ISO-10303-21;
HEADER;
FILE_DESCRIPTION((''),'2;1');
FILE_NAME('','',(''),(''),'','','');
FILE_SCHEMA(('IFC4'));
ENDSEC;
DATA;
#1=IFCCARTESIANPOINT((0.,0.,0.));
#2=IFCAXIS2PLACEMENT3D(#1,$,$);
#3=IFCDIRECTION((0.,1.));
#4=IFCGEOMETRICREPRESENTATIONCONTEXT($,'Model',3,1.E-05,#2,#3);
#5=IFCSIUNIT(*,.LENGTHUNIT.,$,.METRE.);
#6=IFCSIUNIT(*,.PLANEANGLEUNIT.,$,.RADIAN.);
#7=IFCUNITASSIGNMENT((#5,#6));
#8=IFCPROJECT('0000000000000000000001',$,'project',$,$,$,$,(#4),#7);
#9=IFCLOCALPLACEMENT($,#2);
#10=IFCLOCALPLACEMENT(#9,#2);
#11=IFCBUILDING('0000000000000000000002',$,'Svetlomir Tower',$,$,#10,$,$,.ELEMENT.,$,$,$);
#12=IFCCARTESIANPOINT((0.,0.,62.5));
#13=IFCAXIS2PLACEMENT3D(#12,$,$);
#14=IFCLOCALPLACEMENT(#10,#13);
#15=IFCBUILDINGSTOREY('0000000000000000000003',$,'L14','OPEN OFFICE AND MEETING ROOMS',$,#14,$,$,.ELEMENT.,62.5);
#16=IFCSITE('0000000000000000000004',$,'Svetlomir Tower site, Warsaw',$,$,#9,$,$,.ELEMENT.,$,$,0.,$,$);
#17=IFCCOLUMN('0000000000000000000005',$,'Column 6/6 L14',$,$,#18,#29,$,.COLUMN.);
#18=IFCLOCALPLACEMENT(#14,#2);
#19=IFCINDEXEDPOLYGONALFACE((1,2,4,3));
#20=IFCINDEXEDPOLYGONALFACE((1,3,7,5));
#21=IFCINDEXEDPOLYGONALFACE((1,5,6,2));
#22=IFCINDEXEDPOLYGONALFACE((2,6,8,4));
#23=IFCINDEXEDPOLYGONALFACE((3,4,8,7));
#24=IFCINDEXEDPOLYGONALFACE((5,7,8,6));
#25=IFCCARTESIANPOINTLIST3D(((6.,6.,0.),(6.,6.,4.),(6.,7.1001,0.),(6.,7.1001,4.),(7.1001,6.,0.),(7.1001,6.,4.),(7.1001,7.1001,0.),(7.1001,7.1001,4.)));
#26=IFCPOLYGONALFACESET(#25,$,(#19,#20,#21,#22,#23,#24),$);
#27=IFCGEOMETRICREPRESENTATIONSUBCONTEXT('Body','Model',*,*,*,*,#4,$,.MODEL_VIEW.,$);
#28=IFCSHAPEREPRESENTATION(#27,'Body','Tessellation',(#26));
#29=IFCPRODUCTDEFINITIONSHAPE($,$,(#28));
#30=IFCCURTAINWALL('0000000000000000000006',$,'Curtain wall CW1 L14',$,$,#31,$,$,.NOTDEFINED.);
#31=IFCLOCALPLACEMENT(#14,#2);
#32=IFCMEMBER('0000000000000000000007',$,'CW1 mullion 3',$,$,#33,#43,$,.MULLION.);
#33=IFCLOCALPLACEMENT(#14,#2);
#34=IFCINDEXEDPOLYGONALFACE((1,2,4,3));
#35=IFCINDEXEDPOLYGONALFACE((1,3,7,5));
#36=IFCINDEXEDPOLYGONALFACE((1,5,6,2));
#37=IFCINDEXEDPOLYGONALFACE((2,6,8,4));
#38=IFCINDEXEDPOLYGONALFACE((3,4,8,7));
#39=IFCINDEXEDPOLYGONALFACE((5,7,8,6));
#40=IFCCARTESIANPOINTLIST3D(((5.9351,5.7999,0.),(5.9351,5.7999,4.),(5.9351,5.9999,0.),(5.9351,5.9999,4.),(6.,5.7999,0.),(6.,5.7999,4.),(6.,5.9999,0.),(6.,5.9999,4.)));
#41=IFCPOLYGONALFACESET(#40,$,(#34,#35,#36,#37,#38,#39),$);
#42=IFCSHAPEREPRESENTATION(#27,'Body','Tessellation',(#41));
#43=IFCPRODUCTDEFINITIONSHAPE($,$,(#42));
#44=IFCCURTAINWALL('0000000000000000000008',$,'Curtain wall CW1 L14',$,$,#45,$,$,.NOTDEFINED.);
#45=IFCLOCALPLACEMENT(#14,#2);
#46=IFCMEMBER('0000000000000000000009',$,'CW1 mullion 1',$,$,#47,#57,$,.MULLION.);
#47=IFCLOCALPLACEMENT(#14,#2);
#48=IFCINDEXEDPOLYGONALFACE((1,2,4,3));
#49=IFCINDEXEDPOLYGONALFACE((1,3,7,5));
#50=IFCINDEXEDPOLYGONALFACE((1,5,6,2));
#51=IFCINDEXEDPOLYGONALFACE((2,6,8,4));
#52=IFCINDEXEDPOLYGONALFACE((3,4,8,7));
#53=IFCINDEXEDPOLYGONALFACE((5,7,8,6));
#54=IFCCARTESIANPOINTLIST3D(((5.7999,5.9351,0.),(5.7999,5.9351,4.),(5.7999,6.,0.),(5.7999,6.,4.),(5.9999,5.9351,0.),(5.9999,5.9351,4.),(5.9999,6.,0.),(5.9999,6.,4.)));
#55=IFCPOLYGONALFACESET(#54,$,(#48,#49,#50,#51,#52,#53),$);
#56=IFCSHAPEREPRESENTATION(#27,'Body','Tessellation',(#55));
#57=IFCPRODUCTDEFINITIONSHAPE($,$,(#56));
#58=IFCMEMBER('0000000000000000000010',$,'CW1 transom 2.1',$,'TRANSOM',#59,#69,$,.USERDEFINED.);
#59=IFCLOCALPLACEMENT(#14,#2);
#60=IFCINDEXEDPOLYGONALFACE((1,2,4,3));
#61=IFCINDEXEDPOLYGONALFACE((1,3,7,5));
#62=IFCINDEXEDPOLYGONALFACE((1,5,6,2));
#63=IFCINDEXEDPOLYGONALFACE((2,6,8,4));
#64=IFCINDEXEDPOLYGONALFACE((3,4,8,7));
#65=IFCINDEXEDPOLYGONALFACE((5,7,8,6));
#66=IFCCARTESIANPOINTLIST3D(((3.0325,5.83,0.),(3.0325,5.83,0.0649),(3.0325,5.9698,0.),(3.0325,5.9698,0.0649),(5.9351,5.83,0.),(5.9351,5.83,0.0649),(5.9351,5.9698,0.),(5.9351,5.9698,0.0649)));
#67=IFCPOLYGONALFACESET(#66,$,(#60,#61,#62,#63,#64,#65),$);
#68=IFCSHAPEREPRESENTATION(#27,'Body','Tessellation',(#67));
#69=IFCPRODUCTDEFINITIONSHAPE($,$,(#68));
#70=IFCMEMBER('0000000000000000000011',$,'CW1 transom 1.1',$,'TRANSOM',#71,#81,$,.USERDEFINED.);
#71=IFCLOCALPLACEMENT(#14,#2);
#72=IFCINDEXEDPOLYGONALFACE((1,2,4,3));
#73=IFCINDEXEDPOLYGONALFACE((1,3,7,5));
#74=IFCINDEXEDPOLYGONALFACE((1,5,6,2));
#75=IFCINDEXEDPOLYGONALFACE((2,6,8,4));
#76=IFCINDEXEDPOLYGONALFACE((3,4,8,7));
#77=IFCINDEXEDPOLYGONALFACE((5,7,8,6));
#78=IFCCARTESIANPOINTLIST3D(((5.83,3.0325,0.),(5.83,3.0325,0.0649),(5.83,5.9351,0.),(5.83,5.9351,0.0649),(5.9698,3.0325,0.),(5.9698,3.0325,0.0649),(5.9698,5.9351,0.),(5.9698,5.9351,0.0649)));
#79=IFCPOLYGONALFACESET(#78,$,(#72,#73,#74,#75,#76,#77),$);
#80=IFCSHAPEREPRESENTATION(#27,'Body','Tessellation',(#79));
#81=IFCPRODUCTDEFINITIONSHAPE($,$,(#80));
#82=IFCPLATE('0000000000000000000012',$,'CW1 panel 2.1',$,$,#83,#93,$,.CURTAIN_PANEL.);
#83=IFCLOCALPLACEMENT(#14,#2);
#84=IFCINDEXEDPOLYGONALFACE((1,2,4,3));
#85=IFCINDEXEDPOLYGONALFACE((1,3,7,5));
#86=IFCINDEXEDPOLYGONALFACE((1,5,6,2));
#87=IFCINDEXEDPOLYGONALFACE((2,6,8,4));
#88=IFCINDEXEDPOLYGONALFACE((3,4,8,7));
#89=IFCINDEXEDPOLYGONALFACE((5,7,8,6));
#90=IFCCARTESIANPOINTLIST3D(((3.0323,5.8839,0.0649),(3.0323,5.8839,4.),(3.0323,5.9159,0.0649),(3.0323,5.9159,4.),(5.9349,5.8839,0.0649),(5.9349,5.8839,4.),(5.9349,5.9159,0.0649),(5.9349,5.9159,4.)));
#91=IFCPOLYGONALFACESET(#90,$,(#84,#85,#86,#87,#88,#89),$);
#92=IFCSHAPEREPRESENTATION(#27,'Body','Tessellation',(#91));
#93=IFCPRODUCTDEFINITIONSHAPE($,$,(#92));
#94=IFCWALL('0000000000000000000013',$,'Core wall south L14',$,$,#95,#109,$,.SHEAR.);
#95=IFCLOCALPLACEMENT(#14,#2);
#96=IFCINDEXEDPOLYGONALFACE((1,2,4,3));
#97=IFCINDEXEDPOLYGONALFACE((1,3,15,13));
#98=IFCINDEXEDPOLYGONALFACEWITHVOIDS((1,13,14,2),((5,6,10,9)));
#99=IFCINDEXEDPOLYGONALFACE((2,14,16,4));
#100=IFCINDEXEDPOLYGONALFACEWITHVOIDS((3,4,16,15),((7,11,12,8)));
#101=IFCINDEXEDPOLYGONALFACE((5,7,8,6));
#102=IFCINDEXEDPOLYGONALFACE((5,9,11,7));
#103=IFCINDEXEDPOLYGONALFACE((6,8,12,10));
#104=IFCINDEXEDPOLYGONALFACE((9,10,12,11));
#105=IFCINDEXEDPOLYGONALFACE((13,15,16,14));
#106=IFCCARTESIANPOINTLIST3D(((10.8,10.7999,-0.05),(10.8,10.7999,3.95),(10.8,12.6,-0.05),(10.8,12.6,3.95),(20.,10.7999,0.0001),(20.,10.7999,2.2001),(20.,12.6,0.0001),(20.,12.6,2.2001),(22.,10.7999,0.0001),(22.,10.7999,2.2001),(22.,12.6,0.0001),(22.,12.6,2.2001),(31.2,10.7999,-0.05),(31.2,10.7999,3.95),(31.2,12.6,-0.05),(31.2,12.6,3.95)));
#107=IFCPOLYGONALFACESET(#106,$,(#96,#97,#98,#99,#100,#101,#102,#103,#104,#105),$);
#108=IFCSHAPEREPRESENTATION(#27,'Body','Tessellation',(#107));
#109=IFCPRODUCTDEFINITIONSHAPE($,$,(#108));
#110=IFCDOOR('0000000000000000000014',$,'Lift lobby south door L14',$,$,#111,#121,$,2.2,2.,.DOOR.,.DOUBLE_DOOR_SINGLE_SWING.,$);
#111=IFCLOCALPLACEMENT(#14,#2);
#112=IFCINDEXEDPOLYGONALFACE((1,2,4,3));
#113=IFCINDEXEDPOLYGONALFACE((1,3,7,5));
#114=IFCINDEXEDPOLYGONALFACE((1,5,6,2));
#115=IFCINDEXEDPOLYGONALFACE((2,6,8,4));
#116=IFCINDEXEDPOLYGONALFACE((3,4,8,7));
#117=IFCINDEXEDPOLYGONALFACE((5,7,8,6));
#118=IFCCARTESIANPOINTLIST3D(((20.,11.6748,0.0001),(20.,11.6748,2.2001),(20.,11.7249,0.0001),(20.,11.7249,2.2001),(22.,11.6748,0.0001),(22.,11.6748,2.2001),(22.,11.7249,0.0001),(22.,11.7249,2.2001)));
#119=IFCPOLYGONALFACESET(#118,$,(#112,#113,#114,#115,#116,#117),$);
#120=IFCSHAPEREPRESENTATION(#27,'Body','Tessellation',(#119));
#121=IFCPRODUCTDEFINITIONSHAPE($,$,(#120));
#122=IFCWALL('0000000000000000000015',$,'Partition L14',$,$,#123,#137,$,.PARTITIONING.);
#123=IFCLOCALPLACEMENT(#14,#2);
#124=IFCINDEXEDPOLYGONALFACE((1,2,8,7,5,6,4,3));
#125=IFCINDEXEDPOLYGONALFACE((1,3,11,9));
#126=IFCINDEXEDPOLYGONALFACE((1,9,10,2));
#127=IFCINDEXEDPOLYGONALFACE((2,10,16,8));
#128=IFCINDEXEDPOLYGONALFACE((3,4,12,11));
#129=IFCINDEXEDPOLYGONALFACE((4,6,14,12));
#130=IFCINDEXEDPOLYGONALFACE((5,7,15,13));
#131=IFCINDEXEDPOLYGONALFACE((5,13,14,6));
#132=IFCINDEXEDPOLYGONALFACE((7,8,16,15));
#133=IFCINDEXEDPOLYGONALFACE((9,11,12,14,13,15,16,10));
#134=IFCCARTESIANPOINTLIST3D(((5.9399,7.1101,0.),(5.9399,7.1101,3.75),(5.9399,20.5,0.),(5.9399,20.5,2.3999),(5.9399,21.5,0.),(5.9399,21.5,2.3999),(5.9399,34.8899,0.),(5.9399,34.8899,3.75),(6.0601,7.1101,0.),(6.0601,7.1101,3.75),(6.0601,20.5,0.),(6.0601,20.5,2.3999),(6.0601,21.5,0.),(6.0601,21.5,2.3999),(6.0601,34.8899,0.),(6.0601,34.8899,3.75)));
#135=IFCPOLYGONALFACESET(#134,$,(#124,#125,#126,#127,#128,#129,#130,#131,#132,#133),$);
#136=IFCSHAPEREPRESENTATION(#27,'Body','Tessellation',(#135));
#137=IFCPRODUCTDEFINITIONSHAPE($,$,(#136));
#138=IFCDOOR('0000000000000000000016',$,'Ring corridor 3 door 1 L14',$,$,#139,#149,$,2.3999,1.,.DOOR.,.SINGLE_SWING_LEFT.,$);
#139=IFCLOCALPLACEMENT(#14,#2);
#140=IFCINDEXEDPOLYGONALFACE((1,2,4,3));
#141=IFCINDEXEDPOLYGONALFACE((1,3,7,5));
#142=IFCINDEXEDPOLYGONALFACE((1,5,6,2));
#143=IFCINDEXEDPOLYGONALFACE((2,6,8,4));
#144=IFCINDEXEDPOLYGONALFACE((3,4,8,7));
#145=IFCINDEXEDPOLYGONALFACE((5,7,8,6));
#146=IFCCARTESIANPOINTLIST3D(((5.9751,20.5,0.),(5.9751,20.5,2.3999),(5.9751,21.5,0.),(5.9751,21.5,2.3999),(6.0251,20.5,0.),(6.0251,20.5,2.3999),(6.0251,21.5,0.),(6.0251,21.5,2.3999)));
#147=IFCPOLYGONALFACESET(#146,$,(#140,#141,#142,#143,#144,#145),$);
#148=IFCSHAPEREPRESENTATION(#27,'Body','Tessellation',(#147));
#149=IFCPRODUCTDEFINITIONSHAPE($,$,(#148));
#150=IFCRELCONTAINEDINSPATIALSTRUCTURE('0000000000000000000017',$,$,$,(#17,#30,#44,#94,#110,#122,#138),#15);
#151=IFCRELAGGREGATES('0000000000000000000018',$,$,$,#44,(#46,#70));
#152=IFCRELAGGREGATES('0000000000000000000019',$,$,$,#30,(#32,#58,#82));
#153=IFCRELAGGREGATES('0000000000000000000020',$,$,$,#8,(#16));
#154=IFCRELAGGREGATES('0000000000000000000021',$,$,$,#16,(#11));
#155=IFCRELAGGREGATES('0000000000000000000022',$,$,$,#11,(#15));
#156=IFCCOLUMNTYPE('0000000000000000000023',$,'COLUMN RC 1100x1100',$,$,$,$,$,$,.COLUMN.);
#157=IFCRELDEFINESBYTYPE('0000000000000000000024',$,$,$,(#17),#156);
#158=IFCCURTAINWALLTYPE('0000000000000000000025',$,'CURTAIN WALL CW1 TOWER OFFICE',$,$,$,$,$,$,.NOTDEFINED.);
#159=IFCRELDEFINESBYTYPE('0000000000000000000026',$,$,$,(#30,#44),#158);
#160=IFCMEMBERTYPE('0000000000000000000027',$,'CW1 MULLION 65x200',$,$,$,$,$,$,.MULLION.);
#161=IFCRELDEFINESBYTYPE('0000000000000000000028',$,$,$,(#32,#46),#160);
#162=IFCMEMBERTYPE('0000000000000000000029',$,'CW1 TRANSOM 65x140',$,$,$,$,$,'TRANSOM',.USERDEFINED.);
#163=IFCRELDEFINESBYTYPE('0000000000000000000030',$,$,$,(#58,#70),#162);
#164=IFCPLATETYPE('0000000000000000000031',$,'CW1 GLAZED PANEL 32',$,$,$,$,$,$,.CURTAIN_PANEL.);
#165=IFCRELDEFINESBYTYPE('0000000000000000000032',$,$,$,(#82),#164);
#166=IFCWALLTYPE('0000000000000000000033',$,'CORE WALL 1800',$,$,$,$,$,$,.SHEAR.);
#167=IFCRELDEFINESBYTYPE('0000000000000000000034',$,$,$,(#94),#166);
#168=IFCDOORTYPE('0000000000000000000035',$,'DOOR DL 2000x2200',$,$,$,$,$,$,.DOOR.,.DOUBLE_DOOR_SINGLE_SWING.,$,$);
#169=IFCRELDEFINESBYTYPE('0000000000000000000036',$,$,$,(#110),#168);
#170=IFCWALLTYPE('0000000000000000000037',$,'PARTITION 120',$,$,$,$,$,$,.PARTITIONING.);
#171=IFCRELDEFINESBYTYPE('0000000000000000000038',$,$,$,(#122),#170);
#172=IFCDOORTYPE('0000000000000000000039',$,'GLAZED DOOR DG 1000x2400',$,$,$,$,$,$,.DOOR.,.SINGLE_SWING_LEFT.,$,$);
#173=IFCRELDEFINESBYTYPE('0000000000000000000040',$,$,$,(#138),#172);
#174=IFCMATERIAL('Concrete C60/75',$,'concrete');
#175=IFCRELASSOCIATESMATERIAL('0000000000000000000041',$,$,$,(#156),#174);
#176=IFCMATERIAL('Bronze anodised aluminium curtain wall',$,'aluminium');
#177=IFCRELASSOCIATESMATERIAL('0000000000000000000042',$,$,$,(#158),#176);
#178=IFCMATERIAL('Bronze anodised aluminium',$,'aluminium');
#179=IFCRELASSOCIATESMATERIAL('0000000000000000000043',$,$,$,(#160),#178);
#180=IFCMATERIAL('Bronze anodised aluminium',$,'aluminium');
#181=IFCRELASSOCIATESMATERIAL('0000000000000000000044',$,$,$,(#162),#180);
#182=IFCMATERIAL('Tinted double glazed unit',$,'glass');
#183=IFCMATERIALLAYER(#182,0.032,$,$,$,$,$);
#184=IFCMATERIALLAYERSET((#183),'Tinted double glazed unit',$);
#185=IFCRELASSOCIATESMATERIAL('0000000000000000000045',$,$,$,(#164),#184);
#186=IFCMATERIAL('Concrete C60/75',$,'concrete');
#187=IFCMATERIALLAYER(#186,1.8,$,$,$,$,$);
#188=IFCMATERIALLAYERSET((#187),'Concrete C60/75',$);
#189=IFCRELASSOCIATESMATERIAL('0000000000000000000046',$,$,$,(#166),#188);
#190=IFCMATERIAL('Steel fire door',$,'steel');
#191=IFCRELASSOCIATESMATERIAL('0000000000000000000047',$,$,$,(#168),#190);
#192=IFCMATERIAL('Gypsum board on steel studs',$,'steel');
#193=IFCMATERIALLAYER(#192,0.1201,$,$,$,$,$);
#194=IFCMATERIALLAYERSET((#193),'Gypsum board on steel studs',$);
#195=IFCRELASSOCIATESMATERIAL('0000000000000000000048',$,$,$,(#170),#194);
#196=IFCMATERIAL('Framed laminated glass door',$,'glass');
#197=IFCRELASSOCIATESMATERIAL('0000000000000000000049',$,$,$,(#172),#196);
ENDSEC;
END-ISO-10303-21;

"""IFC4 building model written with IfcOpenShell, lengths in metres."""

from ifc_helpers import new_model, si_unit, direction, frame, frame_2d, origin, origin_2d, place, context, subcontext, project, spatial, rectangle, extrude, material, layer, layer_set, material_profile, profile_set, type_object, element, fill, aggregate, save


model = new_model("IFC4")

# Units and contexts
model_context = context("Model", 3, precision=1e-05, world=origin(), true_north=direction((0.0, 1.0)))
body_context = subcontext(model_context, "Body", "Model", "MODEL_VIEW")
ifc_project = project(units=[si_unit("LENGTHUNIT", "METRE"), si_unit("PLANEANGLEUNIT", "RADIAN")], contexts=[model_context])

# Site, building, storey
site_placement = place(None, origin())
site = spatial("IfcSite", under=ifc_project, at=site_placement, Name="Svetlomir Tower site, Warsaw", CompositionType="ELEMENT", RefElevation=0.0)
building_placement = place(site_placement, origin())
building = spatial("IfcBuilding", under=site, at=building_placement, Name="Svetlomir Tower", CompositionType="ELEMENT")
storey_placement = place(building_placement, frame((0.0, 0.0, 62.5)))
storey = spatial("IfcBuildingStorey", under=building, at=storey_placement, Name="L14", Description="OPEN OFFICE AND MEETING ROOMS", CompositionType="ELEMENT", Elevation=62.5)

# Column
ifc_material_1 = material(Name="Concrete C60/75", Category="concrete")
ifc_material_profile_1 = material_profile(ifc_material_1, rectangle(XDim=1.1001, YDim=1.1001, at=origin_2d()), Name="RC 1100x1100")
ifc_profile_set_1 = profile_set([ifc_material_profile_1], Name="Concrete C60/75")
column_type = type_object("IfcColumnType", Name="COLUMN RC 1100x1100", PredefinedType="COLUMN", material=ifc_profile_set_1)
column_placement = place(storey_placement, frame((6.55, 6.55, 0.0), z_axis=(0.0, 0.0, 1.0), x_axis=(1.0, 0.0, 0.0)))
element("IfcColumn", 1, at=column_placement, inside=storey, type_object=column_type, Name="Column 6/6 L14", PredefinedType="COLUMN", context=body_context, shape_type="SweptSolid", body=[
    extrude(rectangle(XDim=1.1001, YDim=1.1001, at=origin_2d()), origin(), (0.0, 0.0, 1.0), 4.0),
])

# Curtain walls, members
ifc_material_2 = material(Name="Bronze anodised aluminium curtain wall", Category="aluminium")
curtain_wall_type = type_object("IfcCurtainWallType", Name="CURTAIN WALL CW1 TOWER OFFICE", PredefinedType="NOTDEFINED", material=ifc_material_2)
curtain_wall_1_placement = place(storey_placement, origin())
curtain_wall_1 = element("IfcCurtainWall", 2, at=curtain_wall_1_placement, inside=storey, type_object=curtain_wall_type, Name="Curtain wall CW1 L14", PredefinedType="NOTDEFINED")
ifc_material_3 = material(Name="Bronze anodised aluminium", Category="aluminium")
ifc_material_profile_2 = material_profile(ifc_material_3, rectangle(XDim=0.0649, YDim=0.2, at=origin_2d()), Name="AL 65x200")
ifc_profile_set_2 = profile_set([ifc_material_profile_2], Name="Bronze anodised aluminium 6063-T6")
member_type_1 = type_object("IfcMemberType", Name="CW1 MULLION 65x200", PredefinedType="MULLION", material=ifc_profile_set_2)
member_1_placement = place(storey_placement, frame((5.9675, 5.8999, 0.0), z_axis=(0.0, 0.0, 1.0), x_axis=(1.0, 0.0, 0.0)))
member_1 = element("IfcMember", 3, at=member_1_placement, type_object=member_type_1, Name="CW1 mullion 3", PredefinedType="MULLION", context=body_context, shape_type="SweptSolid", body=[
    extrude(rectangle(XDim=0.0649, YDim=0.2, at=origin_2d()), origin(), (0.0, 0.0, 1.0), 4.0),
])
curtain_wall_2_placement = place(storey_placement, origin())
curtain_wall_2 = element("IfcCurtainWall", 4, at=curtain_wall_2_placement, inside=storey, type_object=curtain_wall_type, Name="Curtain wall CW1 L14", PredefinedType="NOTDEFINED")
member_2_placement = place(storey_placement, frame((5.8999, 5.9675, 0.0), z_axis=(0.0, 0.0, 1.0), x_axis=(0.0, -1.0, 0.0)))
member_2 = element("IfcMember", 5, at=member_2_placement, type_object=member_type_1, Name="CW1 mullion 1", PredefinedType="MULLION", context=body_context, shape_type="SweptSolid", body=[
    extrude(rectangle(XDim=0.0649, YDim=0.2, at=origin_2d()), origin(), (0.0, 0.0, 1.0), 4.0),
])

# Members
ifc_material_4 = material(Name="Bronze anodised aluminium", Category="aluminium")
ifc_material_profile_3 = material_profile(ifc_material_4, rectangle(XDim=0.1399, YDim=0.0649, at=origin_2d()), Name="AL 140x65")
ifc_profile_set_3 = profile_set([ifc_material_profile_3], Name="Bronze anodised aluminium 6063-T6")
member_type_2 = type_object("IfcMemberType", Name="CW1 TRANSOM 65x140", ElementType="TRANSOM", PredefinedType="USERDEFINED", material=ifc_profile_set_3)
member_3_placement = place(storey_placement, frame((3.0325, 5.8999, 0.0325), z_axis=(1.0, 0.0, 0.0), x_axis=(0.0, 1.0, 0.0)))
member_3 = element("IfcMember", 6, at=member_3_placement, type_object=member_type_2, Name="CW1 transom 2.1", ObjectType="TRANSOM", PredefinedType="USERDEFINED", context=body_context, shape_type="SweptSolid", body=[
    extrude(rectangle(XDim=0.1399, YDim=0.0649, at=origin_2d()), origin(), (0.0, 0.0, 1.0), 2.9026),
])
member_4_placement = place(storey_placement, frame((5.8999, 5.9351, 0.0325), z_axis=(0.0, -1.0, 0.0), x_axis=(1.0, 0.0, 0.0)))
member_4 = element("IfcMember", 7, at=member_4_placement, type_object=member_type_2, Name="CW1 transom 1.1", ObjectType="TRANSOM", PredefinedType="USERDEFINED", context=body_context, shape_type="SweptSolid", body=[
    extrude(rectangle(XDim=0.1399, YDim=0.0649, at=origin_2d()), origin(), (0.0, 0.0, 1.0), 2.9026),
])
aggregate(curtain_wall_2, [member_2, member_4])

# Plate
ifc_material_5 = material(Name="Tinted double glazed unit", Category="glass")
ifc_layer_1 = layer(ifc_material_5, 0.032)
ifc_layer_set_1 = layer_set([ifc_layer_1], Name="Tinted double glazed unit")
plate_type = type_object("IfcPlateType", Name="CW1 GLAZED PANEL 32", PredefinedType="CURTAIN_PANEL", material=ifc_layer_set_1)
plate_placement = place(storey_placement, frame((4.4836, 5.8999, 0.0649), z_axis=(0.0, 0.0, 1.0), x_axis=(1.0, 0.0, 0.0)))
plate = element("IfcPlate", 8, at=plate_placement, type_object=plate_type, Name="CW1 panel 2.1", PredefinedType="CURTAIN_PANEL", context=body_context, shape_type="SweptSolid", body=[
    extrude(rectangle(XDim=2.9026, YDim=0.032, at=origin_2d()), origin(), (0.0, 0.0, 1.0), 3.9351),
])
aggregate(curtain_wall_1, [member_1, member_3, plate])

# Walls, openings, doors
ifc_material_6 = material(Name="Concrete C60/75", Category="concrete")
ifc_layer_2 = layer(ifc_material_6, 1.8)
ifc_layer_set_2 = layer_set([ifc_layer_2], Name="Concrete C60/75")
wall_type_1 = type_object("IfcWallType", Name="CORE WALL 1800", PredefinedType="SHEAR", material=ifc_layer_set_2)
wall_1_placement = place(storey_placement, frame((10.8, 11.7, -0.05), z_axis=(0.0, 0.0, 1.0), x_axis=(1.0, 0.0, 0.0)))
wall_1 = element("IfcWall", 9, at=wall_1_placement, inside=storey, type_object=wall_type_1, Name="Core wall south L14", PredefinedType="SHEAR", context=body_context, shape_type="SweptSolid", body=[
    extrude(rectangle(XDim=20.3999, YDim=1.8, at=frame_2d((10.2, 0.0))), origin(), (0.0, 0.0, 1.0), 4.0),
])
opening_1_placement = place(wall_1_placement, frame((9.2, 0.0, 0.05)))
opening_1 = element("IfcOpeningElement", 10, at=opening_1_placement, cuts=wall_1, PredefinedType="OPENING", context=body_context, shape_type="SweptSolid", body=[
    extrude(rectangle(XDim=2.0, YDim=2.2, at=frame_2d((1.0, 1.1001))), frame((0.0, 0.9102, 0.0), z_axis=(0.0, -1.0, 0.0), x_axis=(1.0, 0.0, 0.0)), (0.0, 0.0, 1.0), 1.8201),
])
ifc_material_7 = material(Name="Steel fire door", Category="steel")
door_type_1 = type_object("IfcDoorType", Name="DOOR DL 2000x2200", OperationType="DOUBLE_DOOR_SINGLE_SWING", PredefinedType="DOOR", material=ifc_material_7)
door_1_placement = place(opening_1_placement, origin())
door_1 = element("IfcDoor", 11, at=door_1_placement, inside=storey, type_object=door_type_1, Name="Lift lobby south door L14", OperationType="DOUBLE_DOOR_SINGLE_SWING", OverallHeight=2.2, OverallWidth=2.0, PredefinedType="DOOR", context=body_context, shape_type="SweptSolid", body=[
    extrude(rectangle(XDim=2.0, YDim=2.2, at=frame_2d((1.0, 1.1001))), frame((0.0, 0.0249, 0.0), z_axis=(0.0, -1.0, 0.0), x_axis=(1.0, 0.0, 0.0)), (0.0, 0.0, 1.0), 0.05),
])
fill(opening_1, door_1)
ifc_material_8 = material(Name="Gypsum board on steel studs", Category="steel")
ifc_layer_3 = layer(ifc_material_8, 0.1201)
ifc_layer_set_3 = layer_set([ifc_layer_3], Name="Gypsum board on steel studs")
wall_type_2 = type_object("IfcWallType", Name="PARTITION 120", PredefinedType="PARTITIONING", material=ifc_layer_set_3)
wall_2_placement = place(storey_placement, frame((6.0, 7.1101, 0.0), z_axis=(0.0, 0.0, 1.0), x_axis=(0.0, 1.0, 0.0)))
wall_2 = element("IfcWall", 12, at=wall_2_placement, inside=storey, type_object=wall_type_2, Name="Partition L14", PredefinedType="PARTITIONING", context=body_context, shape_type="SweptSolid", body=[
    extrude(rectangle(XDim=27.7798, YDim=0.1201, at=frame_2d((13.8899, 0.0))), origin(), (0.0, 0.0, 1.0), 3.75),
])
opening_2_placement = place(wall_2_placement, frame((13.3899, 0.0, 0.0)))
opening_2 = element("IfcOpeningElement", 13, at=opening_2_placement, cuts=wall_2, PredefinedType="OPENING", context=body_context, shape_type="SweptSolid", body=[
    extrude(rectangle(XDim=1.0, YDim=2.3999, at=frame_2d((0.5, 1.2))), frame((0.0, 0.0701, 0.0), z_axis=(0.0, -1.0, 0.0), x_axis=(1.0, 0.0, 0.0)), (0.0, 0.0, 1.0), 0.1401),
])
ifc_material_9 = material(Name="Framed laminated glass door", Category="glass")
door_type_2 = type_object("IfcDoorType", Name="GLAZED DOOR DG 1000x2400", OperationType="SINGLE_SWING_LEFT", PredefinedType="DOOR", material=ifc_material_9)
door_2_placement = place(opening_2_placement, origin())
door_2 = element("IfcDoor", 14, at=door_2_placement, inside=storey, type_object=door_type_2, Name="Ring corridor 3 door 1 L14", OperationType="SINGLE_SWING_LEFT", OverallHeight=2.3999, OverallWidth=1.0, PredefinedType="DOOR", context=body_context, shape_type="SweptSolid", body=[
    extrude(rectangle(XDim=1.0, YDim=2.3999, at=frame_2d((0.5, 1.2))), frame((0.0, 0.0249, 0.0), z_axis=(0.0, -1.0, 0.0), x_axis=(1.0, 0.0, 0.0)), (0.0, 0.0, 1.0), 0.05),
])
fill(opening_2, door_2)

save(model, "model.ifc")
